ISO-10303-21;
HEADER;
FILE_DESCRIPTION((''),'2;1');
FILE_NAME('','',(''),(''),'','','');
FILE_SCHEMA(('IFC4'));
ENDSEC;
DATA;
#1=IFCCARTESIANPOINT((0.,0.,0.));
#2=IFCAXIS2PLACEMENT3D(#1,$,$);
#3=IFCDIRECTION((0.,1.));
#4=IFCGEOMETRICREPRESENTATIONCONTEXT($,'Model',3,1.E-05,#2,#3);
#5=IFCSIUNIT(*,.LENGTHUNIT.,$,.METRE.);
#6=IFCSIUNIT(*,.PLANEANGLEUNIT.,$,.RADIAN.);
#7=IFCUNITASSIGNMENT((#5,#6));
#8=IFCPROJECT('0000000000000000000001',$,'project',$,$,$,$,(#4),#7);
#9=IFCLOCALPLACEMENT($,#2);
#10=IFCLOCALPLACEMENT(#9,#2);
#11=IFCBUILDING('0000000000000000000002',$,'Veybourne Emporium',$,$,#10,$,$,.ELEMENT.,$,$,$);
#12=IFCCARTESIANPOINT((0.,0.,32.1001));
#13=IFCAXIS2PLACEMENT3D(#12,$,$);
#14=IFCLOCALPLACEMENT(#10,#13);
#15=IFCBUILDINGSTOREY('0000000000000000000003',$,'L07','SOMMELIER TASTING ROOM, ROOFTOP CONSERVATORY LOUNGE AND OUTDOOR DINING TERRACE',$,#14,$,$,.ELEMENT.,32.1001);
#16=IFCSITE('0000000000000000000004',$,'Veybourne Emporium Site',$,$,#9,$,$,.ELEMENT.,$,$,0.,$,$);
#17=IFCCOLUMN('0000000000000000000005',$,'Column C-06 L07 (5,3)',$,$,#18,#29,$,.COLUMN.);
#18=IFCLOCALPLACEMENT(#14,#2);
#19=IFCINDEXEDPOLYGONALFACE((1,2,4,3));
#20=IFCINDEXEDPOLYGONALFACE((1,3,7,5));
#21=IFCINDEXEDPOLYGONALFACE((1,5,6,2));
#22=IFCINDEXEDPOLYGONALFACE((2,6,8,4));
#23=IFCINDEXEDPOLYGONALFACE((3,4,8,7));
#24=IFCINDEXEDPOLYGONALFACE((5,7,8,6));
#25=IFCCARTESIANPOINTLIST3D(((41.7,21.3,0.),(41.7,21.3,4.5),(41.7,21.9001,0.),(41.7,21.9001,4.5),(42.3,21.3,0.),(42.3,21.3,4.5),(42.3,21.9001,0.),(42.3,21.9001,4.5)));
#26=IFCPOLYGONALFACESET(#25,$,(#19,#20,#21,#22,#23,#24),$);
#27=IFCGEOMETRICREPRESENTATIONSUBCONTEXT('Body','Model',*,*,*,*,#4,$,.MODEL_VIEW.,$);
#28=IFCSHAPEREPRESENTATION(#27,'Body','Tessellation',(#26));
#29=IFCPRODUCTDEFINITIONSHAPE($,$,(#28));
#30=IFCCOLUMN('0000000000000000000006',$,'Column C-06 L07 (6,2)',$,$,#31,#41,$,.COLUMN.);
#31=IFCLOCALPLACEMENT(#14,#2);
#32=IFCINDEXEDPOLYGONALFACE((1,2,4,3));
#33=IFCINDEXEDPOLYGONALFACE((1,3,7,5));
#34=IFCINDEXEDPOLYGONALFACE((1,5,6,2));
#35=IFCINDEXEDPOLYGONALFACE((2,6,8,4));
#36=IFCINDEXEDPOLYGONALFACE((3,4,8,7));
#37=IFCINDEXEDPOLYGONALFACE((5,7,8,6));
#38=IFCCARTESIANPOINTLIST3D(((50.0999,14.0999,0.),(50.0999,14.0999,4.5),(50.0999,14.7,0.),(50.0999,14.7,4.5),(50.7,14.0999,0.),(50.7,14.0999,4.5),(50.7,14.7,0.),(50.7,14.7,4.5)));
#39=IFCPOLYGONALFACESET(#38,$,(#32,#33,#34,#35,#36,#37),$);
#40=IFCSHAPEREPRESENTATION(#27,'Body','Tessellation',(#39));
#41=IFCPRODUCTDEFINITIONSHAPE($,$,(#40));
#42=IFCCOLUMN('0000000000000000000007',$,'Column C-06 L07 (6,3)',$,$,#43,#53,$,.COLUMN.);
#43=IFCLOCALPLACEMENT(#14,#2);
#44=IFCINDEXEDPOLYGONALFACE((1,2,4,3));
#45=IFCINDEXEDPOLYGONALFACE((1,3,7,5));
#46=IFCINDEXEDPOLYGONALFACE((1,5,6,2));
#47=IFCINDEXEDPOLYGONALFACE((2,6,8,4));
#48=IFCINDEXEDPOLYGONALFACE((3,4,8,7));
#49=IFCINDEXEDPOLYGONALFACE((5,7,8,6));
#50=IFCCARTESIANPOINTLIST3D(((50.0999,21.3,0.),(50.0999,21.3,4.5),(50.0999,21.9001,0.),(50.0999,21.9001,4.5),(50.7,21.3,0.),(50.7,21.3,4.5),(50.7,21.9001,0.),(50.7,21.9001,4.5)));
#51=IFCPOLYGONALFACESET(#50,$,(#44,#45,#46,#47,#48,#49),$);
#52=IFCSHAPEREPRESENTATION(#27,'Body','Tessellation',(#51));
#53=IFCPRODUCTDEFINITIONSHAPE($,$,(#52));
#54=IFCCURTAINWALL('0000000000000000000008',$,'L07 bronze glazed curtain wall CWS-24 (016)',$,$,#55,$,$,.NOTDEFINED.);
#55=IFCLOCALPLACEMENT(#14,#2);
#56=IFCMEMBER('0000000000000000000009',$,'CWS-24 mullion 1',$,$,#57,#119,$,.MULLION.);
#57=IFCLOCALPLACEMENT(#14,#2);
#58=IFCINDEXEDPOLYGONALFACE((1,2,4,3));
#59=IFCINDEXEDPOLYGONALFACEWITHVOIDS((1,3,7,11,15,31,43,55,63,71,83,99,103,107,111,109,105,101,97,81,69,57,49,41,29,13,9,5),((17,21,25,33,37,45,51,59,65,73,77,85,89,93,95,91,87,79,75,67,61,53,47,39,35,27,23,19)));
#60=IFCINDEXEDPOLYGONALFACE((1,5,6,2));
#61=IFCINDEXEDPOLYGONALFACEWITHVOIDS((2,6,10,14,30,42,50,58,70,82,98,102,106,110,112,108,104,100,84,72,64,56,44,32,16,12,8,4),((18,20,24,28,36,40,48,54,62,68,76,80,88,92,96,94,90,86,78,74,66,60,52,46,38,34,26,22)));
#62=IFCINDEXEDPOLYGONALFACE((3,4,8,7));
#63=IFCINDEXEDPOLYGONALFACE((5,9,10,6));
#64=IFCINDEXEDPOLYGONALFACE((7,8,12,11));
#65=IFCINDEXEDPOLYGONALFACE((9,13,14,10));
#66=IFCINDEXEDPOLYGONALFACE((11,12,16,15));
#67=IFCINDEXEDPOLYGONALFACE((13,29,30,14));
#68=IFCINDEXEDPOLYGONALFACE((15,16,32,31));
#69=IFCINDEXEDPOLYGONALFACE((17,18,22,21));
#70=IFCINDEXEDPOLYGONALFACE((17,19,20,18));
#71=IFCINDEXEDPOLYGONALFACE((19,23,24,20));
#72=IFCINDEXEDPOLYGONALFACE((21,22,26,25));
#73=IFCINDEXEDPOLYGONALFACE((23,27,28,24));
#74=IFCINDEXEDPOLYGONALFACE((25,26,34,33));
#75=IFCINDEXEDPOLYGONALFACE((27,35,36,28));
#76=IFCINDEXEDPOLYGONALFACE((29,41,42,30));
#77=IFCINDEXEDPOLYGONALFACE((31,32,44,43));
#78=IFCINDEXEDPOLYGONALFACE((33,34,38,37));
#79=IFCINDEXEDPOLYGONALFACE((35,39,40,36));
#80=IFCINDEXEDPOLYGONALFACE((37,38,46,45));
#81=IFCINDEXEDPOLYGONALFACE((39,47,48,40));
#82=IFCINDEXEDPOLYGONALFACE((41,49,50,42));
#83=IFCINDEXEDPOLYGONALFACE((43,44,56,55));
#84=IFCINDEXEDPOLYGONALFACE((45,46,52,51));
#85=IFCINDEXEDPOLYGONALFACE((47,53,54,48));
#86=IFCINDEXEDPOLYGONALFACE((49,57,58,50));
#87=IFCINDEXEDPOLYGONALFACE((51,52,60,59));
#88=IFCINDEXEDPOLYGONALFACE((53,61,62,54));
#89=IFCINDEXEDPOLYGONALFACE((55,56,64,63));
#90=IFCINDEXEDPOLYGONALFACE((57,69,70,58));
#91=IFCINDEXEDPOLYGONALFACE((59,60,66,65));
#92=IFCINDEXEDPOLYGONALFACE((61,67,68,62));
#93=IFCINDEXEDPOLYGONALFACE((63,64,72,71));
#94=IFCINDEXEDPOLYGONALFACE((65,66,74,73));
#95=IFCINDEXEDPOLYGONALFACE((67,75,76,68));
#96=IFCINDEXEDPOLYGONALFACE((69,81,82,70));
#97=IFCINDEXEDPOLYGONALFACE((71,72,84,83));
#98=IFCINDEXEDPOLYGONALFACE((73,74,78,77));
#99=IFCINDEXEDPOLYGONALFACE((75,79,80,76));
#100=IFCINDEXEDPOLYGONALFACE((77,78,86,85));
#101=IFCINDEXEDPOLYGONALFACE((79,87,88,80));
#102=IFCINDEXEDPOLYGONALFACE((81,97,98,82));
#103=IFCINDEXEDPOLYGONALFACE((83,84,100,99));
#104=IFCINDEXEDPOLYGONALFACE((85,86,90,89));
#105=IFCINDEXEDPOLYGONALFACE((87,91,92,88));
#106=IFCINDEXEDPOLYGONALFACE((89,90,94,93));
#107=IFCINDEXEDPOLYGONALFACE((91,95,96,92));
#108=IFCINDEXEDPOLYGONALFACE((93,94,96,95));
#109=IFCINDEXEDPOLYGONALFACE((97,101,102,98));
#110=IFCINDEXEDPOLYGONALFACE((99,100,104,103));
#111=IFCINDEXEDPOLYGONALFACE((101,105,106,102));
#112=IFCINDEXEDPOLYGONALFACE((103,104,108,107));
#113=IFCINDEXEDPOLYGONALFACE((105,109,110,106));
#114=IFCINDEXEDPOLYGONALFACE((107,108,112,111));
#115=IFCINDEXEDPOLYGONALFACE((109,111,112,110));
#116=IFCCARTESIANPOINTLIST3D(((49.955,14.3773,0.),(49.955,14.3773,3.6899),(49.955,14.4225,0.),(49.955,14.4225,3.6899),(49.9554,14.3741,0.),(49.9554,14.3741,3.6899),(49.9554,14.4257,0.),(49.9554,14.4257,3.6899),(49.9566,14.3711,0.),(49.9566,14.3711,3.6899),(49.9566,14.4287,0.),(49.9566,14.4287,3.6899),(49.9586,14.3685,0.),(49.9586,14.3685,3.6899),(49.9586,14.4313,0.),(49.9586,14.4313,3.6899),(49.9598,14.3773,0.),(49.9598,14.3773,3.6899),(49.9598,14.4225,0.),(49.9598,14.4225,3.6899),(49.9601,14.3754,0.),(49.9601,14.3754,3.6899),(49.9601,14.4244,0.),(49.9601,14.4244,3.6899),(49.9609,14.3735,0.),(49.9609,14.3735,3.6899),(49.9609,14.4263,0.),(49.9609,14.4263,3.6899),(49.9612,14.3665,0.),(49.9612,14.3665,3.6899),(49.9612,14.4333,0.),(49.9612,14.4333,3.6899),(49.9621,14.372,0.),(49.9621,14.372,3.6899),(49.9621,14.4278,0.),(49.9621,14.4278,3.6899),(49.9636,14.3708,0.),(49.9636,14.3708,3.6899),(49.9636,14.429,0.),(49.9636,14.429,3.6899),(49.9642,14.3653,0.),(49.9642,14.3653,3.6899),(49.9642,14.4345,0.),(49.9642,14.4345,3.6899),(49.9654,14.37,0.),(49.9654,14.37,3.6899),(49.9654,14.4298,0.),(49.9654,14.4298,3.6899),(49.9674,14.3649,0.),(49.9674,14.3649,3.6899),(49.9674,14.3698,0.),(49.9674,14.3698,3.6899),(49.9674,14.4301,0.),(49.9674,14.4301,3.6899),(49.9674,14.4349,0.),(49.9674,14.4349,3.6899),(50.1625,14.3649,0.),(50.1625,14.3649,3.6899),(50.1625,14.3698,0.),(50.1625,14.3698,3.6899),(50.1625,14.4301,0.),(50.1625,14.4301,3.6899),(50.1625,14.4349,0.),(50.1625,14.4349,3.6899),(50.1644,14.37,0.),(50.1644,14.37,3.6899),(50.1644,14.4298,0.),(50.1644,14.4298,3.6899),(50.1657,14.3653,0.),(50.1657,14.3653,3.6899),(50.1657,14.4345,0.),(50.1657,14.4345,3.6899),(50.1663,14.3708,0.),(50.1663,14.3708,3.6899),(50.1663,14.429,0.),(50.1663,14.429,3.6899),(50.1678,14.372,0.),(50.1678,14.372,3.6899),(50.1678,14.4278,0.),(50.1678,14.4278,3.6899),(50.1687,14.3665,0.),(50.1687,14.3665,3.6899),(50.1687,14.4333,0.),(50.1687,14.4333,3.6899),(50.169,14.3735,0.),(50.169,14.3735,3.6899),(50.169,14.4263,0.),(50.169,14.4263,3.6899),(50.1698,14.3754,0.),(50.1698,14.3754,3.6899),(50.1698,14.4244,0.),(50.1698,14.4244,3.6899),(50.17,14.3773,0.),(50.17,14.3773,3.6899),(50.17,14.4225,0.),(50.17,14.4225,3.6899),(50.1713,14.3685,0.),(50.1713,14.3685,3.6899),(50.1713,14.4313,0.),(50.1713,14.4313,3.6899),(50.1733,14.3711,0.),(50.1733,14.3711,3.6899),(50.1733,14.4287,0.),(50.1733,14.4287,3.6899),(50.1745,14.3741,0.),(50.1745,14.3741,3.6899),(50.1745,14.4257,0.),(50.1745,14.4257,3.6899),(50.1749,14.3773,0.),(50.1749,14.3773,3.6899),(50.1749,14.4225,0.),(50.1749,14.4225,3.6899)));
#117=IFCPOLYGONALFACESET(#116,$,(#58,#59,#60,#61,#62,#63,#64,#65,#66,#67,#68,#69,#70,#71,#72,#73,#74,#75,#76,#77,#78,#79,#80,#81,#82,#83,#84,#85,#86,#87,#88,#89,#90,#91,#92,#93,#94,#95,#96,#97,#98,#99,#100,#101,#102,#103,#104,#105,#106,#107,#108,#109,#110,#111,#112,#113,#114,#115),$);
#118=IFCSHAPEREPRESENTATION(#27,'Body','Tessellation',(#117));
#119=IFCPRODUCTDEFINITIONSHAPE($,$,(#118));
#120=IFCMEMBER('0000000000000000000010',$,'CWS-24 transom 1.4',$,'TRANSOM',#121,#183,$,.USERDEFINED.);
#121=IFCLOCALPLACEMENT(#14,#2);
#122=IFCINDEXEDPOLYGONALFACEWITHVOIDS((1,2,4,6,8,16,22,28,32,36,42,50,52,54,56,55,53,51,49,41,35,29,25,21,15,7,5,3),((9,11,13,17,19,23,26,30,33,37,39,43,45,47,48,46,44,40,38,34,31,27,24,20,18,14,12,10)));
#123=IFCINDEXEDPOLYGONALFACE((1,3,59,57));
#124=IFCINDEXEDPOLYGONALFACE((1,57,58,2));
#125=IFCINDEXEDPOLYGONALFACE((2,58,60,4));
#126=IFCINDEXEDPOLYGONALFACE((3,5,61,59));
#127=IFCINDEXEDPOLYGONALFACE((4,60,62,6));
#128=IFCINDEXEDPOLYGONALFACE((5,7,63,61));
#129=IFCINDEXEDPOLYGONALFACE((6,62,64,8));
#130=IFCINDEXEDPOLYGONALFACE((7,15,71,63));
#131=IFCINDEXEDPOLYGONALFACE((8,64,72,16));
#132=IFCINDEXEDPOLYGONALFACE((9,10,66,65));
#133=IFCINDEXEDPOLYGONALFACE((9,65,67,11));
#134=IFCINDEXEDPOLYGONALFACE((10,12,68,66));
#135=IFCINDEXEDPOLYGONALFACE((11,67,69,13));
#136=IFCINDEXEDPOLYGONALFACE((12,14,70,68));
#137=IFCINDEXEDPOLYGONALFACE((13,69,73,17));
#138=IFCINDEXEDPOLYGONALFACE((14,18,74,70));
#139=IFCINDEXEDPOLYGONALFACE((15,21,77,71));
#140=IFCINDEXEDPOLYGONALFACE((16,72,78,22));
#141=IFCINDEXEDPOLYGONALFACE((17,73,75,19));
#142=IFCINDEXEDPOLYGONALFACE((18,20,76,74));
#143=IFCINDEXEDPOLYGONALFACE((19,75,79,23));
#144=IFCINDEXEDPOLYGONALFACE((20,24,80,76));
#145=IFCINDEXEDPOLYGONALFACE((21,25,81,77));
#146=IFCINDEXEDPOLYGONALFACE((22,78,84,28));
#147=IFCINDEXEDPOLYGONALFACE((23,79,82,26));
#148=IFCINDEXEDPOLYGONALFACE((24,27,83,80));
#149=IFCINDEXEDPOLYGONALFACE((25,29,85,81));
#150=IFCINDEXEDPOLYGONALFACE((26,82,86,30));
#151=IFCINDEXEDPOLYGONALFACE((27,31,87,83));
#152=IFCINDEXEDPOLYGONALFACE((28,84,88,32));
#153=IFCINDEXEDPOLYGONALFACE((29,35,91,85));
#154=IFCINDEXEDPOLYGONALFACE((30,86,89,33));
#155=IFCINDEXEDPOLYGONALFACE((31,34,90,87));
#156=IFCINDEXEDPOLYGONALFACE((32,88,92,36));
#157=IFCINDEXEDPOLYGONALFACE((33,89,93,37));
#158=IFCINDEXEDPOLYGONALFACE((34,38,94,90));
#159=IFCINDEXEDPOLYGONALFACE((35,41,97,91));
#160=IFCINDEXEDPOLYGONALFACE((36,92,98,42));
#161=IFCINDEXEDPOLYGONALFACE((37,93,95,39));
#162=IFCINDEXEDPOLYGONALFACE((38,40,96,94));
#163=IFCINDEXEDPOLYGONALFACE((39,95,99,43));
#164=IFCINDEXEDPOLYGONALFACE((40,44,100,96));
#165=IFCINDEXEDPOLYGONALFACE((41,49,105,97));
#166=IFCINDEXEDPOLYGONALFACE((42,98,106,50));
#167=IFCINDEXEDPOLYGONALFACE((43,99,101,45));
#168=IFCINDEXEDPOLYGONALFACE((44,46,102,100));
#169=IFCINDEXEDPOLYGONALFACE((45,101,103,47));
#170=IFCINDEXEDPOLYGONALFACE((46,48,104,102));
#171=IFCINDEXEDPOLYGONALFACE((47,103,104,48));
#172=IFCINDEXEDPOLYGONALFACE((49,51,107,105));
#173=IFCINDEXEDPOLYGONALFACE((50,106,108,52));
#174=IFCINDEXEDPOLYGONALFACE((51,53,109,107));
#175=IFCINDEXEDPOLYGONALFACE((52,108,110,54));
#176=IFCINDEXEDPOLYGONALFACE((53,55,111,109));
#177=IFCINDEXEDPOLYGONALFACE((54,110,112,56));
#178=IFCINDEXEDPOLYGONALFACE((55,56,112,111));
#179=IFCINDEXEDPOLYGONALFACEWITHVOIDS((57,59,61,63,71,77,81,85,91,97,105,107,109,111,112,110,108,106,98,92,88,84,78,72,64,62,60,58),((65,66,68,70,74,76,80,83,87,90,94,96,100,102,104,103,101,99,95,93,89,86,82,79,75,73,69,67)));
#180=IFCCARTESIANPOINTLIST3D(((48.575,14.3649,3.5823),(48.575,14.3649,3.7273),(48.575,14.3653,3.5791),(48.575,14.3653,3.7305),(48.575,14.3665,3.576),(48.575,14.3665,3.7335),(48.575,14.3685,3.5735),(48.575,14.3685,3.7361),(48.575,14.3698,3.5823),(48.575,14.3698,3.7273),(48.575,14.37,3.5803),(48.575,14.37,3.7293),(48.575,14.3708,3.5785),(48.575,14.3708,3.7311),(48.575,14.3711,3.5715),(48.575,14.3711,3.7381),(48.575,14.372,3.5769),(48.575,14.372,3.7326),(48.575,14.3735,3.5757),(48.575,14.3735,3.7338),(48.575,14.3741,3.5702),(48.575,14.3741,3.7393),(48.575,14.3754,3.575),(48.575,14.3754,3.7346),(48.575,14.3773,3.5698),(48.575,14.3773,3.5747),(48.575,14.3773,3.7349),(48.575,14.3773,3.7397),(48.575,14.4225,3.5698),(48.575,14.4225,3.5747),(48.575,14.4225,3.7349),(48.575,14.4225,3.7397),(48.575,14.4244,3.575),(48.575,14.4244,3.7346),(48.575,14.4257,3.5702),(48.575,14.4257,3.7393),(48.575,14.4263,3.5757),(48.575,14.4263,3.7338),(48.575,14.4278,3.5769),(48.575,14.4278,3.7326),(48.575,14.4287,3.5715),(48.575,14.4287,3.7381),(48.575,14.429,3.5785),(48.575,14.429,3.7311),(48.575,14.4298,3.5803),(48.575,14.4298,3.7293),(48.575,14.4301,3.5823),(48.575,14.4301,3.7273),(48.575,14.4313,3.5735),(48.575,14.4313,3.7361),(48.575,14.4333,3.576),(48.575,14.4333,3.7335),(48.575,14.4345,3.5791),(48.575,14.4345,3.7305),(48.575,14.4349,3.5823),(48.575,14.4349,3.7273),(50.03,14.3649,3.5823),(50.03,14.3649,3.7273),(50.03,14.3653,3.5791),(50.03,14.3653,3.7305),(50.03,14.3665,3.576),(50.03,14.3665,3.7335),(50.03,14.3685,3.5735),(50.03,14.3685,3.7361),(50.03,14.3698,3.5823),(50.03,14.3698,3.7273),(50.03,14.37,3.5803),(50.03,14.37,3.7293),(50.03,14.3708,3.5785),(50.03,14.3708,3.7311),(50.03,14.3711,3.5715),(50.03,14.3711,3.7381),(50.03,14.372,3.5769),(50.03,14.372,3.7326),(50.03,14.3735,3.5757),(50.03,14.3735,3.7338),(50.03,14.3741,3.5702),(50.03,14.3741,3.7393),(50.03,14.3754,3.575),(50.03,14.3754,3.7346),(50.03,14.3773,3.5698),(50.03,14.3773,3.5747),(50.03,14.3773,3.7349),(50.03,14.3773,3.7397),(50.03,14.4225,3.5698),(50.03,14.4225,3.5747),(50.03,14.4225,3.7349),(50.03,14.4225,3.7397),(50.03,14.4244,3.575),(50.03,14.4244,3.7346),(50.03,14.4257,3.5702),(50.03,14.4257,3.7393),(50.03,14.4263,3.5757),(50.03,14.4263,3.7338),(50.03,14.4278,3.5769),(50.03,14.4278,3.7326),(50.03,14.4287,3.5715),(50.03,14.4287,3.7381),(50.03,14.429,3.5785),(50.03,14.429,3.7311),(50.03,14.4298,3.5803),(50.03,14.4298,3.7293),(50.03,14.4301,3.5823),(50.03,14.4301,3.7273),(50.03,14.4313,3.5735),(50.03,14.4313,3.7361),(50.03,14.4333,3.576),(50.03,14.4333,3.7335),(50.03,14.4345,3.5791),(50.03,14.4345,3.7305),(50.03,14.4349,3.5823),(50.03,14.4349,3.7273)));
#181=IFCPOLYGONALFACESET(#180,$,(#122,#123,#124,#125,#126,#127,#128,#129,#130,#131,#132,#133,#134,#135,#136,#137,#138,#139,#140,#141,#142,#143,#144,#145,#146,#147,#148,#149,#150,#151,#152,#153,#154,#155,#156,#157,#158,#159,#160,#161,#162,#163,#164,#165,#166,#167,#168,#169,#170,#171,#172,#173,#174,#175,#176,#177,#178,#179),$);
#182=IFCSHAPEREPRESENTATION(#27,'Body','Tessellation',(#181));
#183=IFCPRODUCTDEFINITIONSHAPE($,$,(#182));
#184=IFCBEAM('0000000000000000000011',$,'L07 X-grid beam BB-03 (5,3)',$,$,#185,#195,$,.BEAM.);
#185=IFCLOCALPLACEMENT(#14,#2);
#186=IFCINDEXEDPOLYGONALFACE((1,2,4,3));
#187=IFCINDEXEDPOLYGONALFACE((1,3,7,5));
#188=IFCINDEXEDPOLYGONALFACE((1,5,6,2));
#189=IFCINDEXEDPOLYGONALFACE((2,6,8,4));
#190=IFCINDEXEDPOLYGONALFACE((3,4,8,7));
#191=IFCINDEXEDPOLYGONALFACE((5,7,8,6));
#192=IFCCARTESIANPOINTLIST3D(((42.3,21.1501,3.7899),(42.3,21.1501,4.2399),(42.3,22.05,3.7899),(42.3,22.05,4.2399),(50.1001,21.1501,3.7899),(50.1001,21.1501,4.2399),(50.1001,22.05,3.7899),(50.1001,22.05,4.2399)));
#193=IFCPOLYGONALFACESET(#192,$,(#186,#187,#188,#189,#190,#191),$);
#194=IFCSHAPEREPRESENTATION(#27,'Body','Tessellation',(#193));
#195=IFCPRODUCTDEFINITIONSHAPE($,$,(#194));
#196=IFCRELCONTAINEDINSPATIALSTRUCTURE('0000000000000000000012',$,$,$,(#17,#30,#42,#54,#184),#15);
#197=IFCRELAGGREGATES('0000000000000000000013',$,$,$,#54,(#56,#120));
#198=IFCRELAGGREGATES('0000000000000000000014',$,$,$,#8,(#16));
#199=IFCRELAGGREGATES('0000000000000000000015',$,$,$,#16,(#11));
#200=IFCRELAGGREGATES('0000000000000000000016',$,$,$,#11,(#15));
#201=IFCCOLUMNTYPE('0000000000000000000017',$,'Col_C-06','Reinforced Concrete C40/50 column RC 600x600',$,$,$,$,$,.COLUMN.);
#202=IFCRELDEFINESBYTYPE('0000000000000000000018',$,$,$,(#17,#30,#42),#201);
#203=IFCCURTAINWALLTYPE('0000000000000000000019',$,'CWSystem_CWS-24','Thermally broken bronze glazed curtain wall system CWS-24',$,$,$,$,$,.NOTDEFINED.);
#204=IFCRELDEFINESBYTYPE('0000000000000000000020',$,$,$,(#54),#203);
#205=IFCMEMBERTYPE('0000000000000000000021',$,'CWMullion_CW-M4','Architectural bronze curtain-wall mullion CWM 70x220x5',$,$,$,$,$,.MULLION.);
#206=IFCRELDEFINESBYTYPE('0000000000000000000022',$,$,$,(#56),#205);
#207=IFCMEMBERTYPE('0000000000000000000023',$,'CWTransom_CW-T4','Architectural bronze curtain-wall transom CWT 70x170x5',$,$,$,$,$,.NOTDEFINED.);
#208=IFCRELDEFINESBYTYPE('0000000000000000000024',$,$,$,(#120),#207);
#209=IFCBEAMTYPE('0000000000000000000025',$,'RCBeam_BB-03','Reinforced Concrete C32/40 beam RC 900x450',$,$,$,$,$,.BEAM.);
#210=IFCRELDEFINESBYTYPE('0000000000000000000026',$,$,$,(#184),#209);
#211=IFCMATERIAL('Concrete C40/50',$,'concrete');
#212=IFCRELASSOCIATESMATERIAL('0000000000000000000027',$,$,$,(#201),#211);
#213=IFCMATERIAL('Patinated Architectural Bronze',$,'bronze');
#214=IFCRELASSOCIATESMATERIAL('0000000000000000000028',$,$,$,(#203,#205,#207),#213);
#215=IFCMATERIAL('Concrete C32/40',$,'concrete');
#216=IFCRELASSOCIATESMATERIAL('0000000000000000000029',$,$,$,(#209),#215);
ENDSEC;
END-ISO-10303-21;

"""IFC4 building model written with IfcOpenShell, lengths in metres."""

from ifc_helpers import new_model, si_unit, direction, frame, origin, origin_2d, place, context, subcontext, project, spatial, rectangle, hollow_rectangle, extrude, material, material_profile, profile_set, type_object, element, aggregate, save


model = new_model("IFC4")

# Units and contexts
model_context = context("Model", 3, precision=1e-05, world=origin(), true_north=direction((0.0, 1.0)))
body_context = subcontext(model_context, "Body", "Model", "MODEL_VIEW")
ifc_project = project(units=[si_unit("LENGTHUNIT", "METRE"), si_unit("PLANEANGLEUNIT", "RADIAN")], contexts=[model_context])

# Site, building, storey
site_placement = place(None, origin())
site = spatial("IfcSite", under=ifc_project, at=site_placement, Name="Veybourne Emporium Site", CompositionType="ELEMENT", RefElevation=0.0)
building_placement = place(site_placement, origin())
building = spatial("IfcBuilding", under=site, at=building_placement, Name="Veybourne Emporium", CompositionType="ELEMENT")
storey_placement = place(building_placement, frame((0.0, 0.0, 32.1001)))
storey = spatial("IfcBuildingStorey", under=building, at=storey_placement, Name="L07", Description="SOMMELIER TASTING ROOM, ROOFTOP CONSERVATORY LOUNGE AND OUTDOOR DINING TERRACE", CompositionType="ELEMENT", Elevation=32.1001)

# Columns
ifc_material_1 = material(Name="Concrete C40/50", Category="concrete")
ifc_material_profile_1 = material_profile(ifc_material_1, rectangle(XDim=0.6001, YDim=0.6001, at=origin_2d()), Name="RC 600x600")
ifc_profile_set_1 = profile_set([ifc_material_profile_1], Name="Concrete C40/50")
column_type = type_object("IfcColumnType", Name="Col_C-06", Description="Reinforced Concrete C40/50 column RC 600x600", PredefinedType="COLUMN", material=ifc_profile_set_1)
for number, where, z_axis, x_axis, name in (
    (1, (42.0, 21.6001, 0.0), (0.0, 0.0, 1.0), (1.0, 0.0, 0.0), "Column C-06 L07 (5,3)"),
    (2, (50.3999, 14.3999, 0.0), (0.0, 0.0, 1.0), (1.0, 0.0, 0.0), "Column C-06 L07 (6,2)"),
    (3, (50.3999, 21.6001, 0.0), (0.0, 0.0, 1.0), (1.0, 0.0, 0.0), "Column C-06 L07 (6,3)"),
):
    element("IfcColumn", number, at=place(storey_placement, frame(where, z_axis=z_axis, x_axis=x_axis)), inside=storey, type_object=column_type, Name=name, PredefinedType="COLUMN", context=body_context, shape_type="SweptSolid", body=[
        extrude(rectangle(XDim=0.6001, YDim=0.6001, at=origin_2d()), origin(), (0.0, 0.0, 1.0), 4.5),
    ])

# Curtain wall, members
ifc_material_2 = material(Name="Patinated Architectural Bronze", Category="bronze")
curtain_wall_type = type_object("IfcCurtainWallType", Name="CWSystem_CWS-24", Description="Thermally broken bronze glazed curtain wall system CWS-24", PredefinedType="NOTDEFINED", material=ifc_material_2)
curtain_wall_placement = place(storey_placement, origin())
curtain_wall = element("IfcCurtainWall", 4, at=curtain_wall_placement, inside=storey, type_object=curtain_wall_type, Name="L07 bronze glazed curtain wall CWS-24 (016)", PredefinedType="NOTDEFINED")
ifc_material_profile_2 = material_profile(ifc_material_2, hollow_rectangle(XDim=0.0701, YDim=0.22, WallThickness=0.0049, InnerFilletRadius=0.0076, OuterFilletRadius=0.0125, at=origin_2d()), Name="CWM 70x220x5")
ifc_profile_set_2 = profile_set([ifc_material_profile_2], Name="Patinated Architectural Bronze")
member_type_1 = type_object("IfcMemberType", Name="CWMullion_CW-M4", Description="Architectural bronze curtain-wall mullion CWM 70x220x5", PredefinedType="MULLION", material=ifc_profile_set_2)
member_1_placement = place(storey_placement, frame((50.0649, 14.3999, 0.0), z_axis=(0.0, 0.0, 1.0), x_axis=(0.0, -1.0, 0.0)))
member_1 = element("IfcMember", 5, at=member_1_placement, type_object=member_type_1, Name="CWS-24 mullion 1", PredefinedType="MULLION", context=body_context, shape_type="SweptSolid", body=[
    extrude(hollow_rectangle(XDim=0.0701, YDim=0.22, WallThickness=0.0049, InnerFilletRadius=0.0076, OuterFilletRadius=0.0125, at=origin_2d()), origin(), (0.0, 0.0, 1.0), 3.6899),
])
ifc_material_profile_3 = material_profile(ifc_material_2, hollow_rectangle(XDim=0.0701, YDim=0.1699, WallThickness=0.0049, InnerFilletRadius=0.0076, OuterFilletRadius=0.0125, at=origin_2d()), Name="CWT 70x170x5")
ifc_profile_set_3 = profile_set([ifc_material_profile_3], Name="Patinated Architectural Bronze")
member_type_2 = type_object("IfcMemberType", Name="CWTransom_CW-T4", Description="Architectural bronze curtain-wall transom CWT 70x170x5", PredefinedType="NOTDEFINED", material=ifc_profile_set_3)
member_2_placement = place(storey_placement, frame((50.03, 14.3999, 3.6548), z_axis=(-1.0, 0.0, 0.0), x_axis=(0.0, -1.0, 0.0)))
member_2 = element("IfcMember", 6, at=member_2_placement, type_object=member_type_2, Name="CWS-24 transom 1.4", ObjectType="TRANSOM", PredefinedType="USERDEFINED", context=body_context, shape_type="SweptSolid", body=[
    extrude(hollow_rectangle(XDim=0.0701, YDim=0.1699, WallThickness=0.0049, InnerFilletRadius=0.0076, OuterFilletRadius=0.0125, at=origin_2d()), origin(), (0.0, 0.0, 1.0), 1.4551),
])
aggregate(curtain_wall, [member_1, member_2])

# Beam
ifc_material_3 = material(Name="Concrete C32/40", Category="concrete")
ifc_material_profile_4 = material_profile(ifc_material_3, rectangle(XDim=0.8999, YDim=0.45, at=origin_2d()), Name="RC 900x450")
ifc_profile_set_4 = profile_set([ifc_material_profile_4], Name="Concrete C32/40")
beam_type_1 = type_object("IfcBeamType", Name="RCBeam_BB-03", Description="Reinforced Concrete C32/40 beam RC 900x450", PredefinedType="BEAM", material=ifc_profile_set_4)
beam_1_placement = place(storey_placement, frame((42.3, 21.6001, 4.0149), z_axis=(1.0, 0.0, 0.0), x_axis=(0.0, 1.0, 0.0)))
element("IfcBeam", 7, at=beam_1_placement, inside=storey, type_object=beam_type_1, Name="L07 X-grid beam BB-03 (5,3)", PredefinedType="BEAM", context=body_context, shape_type="SweptSolid", body=[
    extrude(rectangle(XDim=0.8999, YDim=0.45, at=origin_2d()), origin(), (0.0, 0.0, 1.0), 7.8),
])

save(model, "model.ifc")
